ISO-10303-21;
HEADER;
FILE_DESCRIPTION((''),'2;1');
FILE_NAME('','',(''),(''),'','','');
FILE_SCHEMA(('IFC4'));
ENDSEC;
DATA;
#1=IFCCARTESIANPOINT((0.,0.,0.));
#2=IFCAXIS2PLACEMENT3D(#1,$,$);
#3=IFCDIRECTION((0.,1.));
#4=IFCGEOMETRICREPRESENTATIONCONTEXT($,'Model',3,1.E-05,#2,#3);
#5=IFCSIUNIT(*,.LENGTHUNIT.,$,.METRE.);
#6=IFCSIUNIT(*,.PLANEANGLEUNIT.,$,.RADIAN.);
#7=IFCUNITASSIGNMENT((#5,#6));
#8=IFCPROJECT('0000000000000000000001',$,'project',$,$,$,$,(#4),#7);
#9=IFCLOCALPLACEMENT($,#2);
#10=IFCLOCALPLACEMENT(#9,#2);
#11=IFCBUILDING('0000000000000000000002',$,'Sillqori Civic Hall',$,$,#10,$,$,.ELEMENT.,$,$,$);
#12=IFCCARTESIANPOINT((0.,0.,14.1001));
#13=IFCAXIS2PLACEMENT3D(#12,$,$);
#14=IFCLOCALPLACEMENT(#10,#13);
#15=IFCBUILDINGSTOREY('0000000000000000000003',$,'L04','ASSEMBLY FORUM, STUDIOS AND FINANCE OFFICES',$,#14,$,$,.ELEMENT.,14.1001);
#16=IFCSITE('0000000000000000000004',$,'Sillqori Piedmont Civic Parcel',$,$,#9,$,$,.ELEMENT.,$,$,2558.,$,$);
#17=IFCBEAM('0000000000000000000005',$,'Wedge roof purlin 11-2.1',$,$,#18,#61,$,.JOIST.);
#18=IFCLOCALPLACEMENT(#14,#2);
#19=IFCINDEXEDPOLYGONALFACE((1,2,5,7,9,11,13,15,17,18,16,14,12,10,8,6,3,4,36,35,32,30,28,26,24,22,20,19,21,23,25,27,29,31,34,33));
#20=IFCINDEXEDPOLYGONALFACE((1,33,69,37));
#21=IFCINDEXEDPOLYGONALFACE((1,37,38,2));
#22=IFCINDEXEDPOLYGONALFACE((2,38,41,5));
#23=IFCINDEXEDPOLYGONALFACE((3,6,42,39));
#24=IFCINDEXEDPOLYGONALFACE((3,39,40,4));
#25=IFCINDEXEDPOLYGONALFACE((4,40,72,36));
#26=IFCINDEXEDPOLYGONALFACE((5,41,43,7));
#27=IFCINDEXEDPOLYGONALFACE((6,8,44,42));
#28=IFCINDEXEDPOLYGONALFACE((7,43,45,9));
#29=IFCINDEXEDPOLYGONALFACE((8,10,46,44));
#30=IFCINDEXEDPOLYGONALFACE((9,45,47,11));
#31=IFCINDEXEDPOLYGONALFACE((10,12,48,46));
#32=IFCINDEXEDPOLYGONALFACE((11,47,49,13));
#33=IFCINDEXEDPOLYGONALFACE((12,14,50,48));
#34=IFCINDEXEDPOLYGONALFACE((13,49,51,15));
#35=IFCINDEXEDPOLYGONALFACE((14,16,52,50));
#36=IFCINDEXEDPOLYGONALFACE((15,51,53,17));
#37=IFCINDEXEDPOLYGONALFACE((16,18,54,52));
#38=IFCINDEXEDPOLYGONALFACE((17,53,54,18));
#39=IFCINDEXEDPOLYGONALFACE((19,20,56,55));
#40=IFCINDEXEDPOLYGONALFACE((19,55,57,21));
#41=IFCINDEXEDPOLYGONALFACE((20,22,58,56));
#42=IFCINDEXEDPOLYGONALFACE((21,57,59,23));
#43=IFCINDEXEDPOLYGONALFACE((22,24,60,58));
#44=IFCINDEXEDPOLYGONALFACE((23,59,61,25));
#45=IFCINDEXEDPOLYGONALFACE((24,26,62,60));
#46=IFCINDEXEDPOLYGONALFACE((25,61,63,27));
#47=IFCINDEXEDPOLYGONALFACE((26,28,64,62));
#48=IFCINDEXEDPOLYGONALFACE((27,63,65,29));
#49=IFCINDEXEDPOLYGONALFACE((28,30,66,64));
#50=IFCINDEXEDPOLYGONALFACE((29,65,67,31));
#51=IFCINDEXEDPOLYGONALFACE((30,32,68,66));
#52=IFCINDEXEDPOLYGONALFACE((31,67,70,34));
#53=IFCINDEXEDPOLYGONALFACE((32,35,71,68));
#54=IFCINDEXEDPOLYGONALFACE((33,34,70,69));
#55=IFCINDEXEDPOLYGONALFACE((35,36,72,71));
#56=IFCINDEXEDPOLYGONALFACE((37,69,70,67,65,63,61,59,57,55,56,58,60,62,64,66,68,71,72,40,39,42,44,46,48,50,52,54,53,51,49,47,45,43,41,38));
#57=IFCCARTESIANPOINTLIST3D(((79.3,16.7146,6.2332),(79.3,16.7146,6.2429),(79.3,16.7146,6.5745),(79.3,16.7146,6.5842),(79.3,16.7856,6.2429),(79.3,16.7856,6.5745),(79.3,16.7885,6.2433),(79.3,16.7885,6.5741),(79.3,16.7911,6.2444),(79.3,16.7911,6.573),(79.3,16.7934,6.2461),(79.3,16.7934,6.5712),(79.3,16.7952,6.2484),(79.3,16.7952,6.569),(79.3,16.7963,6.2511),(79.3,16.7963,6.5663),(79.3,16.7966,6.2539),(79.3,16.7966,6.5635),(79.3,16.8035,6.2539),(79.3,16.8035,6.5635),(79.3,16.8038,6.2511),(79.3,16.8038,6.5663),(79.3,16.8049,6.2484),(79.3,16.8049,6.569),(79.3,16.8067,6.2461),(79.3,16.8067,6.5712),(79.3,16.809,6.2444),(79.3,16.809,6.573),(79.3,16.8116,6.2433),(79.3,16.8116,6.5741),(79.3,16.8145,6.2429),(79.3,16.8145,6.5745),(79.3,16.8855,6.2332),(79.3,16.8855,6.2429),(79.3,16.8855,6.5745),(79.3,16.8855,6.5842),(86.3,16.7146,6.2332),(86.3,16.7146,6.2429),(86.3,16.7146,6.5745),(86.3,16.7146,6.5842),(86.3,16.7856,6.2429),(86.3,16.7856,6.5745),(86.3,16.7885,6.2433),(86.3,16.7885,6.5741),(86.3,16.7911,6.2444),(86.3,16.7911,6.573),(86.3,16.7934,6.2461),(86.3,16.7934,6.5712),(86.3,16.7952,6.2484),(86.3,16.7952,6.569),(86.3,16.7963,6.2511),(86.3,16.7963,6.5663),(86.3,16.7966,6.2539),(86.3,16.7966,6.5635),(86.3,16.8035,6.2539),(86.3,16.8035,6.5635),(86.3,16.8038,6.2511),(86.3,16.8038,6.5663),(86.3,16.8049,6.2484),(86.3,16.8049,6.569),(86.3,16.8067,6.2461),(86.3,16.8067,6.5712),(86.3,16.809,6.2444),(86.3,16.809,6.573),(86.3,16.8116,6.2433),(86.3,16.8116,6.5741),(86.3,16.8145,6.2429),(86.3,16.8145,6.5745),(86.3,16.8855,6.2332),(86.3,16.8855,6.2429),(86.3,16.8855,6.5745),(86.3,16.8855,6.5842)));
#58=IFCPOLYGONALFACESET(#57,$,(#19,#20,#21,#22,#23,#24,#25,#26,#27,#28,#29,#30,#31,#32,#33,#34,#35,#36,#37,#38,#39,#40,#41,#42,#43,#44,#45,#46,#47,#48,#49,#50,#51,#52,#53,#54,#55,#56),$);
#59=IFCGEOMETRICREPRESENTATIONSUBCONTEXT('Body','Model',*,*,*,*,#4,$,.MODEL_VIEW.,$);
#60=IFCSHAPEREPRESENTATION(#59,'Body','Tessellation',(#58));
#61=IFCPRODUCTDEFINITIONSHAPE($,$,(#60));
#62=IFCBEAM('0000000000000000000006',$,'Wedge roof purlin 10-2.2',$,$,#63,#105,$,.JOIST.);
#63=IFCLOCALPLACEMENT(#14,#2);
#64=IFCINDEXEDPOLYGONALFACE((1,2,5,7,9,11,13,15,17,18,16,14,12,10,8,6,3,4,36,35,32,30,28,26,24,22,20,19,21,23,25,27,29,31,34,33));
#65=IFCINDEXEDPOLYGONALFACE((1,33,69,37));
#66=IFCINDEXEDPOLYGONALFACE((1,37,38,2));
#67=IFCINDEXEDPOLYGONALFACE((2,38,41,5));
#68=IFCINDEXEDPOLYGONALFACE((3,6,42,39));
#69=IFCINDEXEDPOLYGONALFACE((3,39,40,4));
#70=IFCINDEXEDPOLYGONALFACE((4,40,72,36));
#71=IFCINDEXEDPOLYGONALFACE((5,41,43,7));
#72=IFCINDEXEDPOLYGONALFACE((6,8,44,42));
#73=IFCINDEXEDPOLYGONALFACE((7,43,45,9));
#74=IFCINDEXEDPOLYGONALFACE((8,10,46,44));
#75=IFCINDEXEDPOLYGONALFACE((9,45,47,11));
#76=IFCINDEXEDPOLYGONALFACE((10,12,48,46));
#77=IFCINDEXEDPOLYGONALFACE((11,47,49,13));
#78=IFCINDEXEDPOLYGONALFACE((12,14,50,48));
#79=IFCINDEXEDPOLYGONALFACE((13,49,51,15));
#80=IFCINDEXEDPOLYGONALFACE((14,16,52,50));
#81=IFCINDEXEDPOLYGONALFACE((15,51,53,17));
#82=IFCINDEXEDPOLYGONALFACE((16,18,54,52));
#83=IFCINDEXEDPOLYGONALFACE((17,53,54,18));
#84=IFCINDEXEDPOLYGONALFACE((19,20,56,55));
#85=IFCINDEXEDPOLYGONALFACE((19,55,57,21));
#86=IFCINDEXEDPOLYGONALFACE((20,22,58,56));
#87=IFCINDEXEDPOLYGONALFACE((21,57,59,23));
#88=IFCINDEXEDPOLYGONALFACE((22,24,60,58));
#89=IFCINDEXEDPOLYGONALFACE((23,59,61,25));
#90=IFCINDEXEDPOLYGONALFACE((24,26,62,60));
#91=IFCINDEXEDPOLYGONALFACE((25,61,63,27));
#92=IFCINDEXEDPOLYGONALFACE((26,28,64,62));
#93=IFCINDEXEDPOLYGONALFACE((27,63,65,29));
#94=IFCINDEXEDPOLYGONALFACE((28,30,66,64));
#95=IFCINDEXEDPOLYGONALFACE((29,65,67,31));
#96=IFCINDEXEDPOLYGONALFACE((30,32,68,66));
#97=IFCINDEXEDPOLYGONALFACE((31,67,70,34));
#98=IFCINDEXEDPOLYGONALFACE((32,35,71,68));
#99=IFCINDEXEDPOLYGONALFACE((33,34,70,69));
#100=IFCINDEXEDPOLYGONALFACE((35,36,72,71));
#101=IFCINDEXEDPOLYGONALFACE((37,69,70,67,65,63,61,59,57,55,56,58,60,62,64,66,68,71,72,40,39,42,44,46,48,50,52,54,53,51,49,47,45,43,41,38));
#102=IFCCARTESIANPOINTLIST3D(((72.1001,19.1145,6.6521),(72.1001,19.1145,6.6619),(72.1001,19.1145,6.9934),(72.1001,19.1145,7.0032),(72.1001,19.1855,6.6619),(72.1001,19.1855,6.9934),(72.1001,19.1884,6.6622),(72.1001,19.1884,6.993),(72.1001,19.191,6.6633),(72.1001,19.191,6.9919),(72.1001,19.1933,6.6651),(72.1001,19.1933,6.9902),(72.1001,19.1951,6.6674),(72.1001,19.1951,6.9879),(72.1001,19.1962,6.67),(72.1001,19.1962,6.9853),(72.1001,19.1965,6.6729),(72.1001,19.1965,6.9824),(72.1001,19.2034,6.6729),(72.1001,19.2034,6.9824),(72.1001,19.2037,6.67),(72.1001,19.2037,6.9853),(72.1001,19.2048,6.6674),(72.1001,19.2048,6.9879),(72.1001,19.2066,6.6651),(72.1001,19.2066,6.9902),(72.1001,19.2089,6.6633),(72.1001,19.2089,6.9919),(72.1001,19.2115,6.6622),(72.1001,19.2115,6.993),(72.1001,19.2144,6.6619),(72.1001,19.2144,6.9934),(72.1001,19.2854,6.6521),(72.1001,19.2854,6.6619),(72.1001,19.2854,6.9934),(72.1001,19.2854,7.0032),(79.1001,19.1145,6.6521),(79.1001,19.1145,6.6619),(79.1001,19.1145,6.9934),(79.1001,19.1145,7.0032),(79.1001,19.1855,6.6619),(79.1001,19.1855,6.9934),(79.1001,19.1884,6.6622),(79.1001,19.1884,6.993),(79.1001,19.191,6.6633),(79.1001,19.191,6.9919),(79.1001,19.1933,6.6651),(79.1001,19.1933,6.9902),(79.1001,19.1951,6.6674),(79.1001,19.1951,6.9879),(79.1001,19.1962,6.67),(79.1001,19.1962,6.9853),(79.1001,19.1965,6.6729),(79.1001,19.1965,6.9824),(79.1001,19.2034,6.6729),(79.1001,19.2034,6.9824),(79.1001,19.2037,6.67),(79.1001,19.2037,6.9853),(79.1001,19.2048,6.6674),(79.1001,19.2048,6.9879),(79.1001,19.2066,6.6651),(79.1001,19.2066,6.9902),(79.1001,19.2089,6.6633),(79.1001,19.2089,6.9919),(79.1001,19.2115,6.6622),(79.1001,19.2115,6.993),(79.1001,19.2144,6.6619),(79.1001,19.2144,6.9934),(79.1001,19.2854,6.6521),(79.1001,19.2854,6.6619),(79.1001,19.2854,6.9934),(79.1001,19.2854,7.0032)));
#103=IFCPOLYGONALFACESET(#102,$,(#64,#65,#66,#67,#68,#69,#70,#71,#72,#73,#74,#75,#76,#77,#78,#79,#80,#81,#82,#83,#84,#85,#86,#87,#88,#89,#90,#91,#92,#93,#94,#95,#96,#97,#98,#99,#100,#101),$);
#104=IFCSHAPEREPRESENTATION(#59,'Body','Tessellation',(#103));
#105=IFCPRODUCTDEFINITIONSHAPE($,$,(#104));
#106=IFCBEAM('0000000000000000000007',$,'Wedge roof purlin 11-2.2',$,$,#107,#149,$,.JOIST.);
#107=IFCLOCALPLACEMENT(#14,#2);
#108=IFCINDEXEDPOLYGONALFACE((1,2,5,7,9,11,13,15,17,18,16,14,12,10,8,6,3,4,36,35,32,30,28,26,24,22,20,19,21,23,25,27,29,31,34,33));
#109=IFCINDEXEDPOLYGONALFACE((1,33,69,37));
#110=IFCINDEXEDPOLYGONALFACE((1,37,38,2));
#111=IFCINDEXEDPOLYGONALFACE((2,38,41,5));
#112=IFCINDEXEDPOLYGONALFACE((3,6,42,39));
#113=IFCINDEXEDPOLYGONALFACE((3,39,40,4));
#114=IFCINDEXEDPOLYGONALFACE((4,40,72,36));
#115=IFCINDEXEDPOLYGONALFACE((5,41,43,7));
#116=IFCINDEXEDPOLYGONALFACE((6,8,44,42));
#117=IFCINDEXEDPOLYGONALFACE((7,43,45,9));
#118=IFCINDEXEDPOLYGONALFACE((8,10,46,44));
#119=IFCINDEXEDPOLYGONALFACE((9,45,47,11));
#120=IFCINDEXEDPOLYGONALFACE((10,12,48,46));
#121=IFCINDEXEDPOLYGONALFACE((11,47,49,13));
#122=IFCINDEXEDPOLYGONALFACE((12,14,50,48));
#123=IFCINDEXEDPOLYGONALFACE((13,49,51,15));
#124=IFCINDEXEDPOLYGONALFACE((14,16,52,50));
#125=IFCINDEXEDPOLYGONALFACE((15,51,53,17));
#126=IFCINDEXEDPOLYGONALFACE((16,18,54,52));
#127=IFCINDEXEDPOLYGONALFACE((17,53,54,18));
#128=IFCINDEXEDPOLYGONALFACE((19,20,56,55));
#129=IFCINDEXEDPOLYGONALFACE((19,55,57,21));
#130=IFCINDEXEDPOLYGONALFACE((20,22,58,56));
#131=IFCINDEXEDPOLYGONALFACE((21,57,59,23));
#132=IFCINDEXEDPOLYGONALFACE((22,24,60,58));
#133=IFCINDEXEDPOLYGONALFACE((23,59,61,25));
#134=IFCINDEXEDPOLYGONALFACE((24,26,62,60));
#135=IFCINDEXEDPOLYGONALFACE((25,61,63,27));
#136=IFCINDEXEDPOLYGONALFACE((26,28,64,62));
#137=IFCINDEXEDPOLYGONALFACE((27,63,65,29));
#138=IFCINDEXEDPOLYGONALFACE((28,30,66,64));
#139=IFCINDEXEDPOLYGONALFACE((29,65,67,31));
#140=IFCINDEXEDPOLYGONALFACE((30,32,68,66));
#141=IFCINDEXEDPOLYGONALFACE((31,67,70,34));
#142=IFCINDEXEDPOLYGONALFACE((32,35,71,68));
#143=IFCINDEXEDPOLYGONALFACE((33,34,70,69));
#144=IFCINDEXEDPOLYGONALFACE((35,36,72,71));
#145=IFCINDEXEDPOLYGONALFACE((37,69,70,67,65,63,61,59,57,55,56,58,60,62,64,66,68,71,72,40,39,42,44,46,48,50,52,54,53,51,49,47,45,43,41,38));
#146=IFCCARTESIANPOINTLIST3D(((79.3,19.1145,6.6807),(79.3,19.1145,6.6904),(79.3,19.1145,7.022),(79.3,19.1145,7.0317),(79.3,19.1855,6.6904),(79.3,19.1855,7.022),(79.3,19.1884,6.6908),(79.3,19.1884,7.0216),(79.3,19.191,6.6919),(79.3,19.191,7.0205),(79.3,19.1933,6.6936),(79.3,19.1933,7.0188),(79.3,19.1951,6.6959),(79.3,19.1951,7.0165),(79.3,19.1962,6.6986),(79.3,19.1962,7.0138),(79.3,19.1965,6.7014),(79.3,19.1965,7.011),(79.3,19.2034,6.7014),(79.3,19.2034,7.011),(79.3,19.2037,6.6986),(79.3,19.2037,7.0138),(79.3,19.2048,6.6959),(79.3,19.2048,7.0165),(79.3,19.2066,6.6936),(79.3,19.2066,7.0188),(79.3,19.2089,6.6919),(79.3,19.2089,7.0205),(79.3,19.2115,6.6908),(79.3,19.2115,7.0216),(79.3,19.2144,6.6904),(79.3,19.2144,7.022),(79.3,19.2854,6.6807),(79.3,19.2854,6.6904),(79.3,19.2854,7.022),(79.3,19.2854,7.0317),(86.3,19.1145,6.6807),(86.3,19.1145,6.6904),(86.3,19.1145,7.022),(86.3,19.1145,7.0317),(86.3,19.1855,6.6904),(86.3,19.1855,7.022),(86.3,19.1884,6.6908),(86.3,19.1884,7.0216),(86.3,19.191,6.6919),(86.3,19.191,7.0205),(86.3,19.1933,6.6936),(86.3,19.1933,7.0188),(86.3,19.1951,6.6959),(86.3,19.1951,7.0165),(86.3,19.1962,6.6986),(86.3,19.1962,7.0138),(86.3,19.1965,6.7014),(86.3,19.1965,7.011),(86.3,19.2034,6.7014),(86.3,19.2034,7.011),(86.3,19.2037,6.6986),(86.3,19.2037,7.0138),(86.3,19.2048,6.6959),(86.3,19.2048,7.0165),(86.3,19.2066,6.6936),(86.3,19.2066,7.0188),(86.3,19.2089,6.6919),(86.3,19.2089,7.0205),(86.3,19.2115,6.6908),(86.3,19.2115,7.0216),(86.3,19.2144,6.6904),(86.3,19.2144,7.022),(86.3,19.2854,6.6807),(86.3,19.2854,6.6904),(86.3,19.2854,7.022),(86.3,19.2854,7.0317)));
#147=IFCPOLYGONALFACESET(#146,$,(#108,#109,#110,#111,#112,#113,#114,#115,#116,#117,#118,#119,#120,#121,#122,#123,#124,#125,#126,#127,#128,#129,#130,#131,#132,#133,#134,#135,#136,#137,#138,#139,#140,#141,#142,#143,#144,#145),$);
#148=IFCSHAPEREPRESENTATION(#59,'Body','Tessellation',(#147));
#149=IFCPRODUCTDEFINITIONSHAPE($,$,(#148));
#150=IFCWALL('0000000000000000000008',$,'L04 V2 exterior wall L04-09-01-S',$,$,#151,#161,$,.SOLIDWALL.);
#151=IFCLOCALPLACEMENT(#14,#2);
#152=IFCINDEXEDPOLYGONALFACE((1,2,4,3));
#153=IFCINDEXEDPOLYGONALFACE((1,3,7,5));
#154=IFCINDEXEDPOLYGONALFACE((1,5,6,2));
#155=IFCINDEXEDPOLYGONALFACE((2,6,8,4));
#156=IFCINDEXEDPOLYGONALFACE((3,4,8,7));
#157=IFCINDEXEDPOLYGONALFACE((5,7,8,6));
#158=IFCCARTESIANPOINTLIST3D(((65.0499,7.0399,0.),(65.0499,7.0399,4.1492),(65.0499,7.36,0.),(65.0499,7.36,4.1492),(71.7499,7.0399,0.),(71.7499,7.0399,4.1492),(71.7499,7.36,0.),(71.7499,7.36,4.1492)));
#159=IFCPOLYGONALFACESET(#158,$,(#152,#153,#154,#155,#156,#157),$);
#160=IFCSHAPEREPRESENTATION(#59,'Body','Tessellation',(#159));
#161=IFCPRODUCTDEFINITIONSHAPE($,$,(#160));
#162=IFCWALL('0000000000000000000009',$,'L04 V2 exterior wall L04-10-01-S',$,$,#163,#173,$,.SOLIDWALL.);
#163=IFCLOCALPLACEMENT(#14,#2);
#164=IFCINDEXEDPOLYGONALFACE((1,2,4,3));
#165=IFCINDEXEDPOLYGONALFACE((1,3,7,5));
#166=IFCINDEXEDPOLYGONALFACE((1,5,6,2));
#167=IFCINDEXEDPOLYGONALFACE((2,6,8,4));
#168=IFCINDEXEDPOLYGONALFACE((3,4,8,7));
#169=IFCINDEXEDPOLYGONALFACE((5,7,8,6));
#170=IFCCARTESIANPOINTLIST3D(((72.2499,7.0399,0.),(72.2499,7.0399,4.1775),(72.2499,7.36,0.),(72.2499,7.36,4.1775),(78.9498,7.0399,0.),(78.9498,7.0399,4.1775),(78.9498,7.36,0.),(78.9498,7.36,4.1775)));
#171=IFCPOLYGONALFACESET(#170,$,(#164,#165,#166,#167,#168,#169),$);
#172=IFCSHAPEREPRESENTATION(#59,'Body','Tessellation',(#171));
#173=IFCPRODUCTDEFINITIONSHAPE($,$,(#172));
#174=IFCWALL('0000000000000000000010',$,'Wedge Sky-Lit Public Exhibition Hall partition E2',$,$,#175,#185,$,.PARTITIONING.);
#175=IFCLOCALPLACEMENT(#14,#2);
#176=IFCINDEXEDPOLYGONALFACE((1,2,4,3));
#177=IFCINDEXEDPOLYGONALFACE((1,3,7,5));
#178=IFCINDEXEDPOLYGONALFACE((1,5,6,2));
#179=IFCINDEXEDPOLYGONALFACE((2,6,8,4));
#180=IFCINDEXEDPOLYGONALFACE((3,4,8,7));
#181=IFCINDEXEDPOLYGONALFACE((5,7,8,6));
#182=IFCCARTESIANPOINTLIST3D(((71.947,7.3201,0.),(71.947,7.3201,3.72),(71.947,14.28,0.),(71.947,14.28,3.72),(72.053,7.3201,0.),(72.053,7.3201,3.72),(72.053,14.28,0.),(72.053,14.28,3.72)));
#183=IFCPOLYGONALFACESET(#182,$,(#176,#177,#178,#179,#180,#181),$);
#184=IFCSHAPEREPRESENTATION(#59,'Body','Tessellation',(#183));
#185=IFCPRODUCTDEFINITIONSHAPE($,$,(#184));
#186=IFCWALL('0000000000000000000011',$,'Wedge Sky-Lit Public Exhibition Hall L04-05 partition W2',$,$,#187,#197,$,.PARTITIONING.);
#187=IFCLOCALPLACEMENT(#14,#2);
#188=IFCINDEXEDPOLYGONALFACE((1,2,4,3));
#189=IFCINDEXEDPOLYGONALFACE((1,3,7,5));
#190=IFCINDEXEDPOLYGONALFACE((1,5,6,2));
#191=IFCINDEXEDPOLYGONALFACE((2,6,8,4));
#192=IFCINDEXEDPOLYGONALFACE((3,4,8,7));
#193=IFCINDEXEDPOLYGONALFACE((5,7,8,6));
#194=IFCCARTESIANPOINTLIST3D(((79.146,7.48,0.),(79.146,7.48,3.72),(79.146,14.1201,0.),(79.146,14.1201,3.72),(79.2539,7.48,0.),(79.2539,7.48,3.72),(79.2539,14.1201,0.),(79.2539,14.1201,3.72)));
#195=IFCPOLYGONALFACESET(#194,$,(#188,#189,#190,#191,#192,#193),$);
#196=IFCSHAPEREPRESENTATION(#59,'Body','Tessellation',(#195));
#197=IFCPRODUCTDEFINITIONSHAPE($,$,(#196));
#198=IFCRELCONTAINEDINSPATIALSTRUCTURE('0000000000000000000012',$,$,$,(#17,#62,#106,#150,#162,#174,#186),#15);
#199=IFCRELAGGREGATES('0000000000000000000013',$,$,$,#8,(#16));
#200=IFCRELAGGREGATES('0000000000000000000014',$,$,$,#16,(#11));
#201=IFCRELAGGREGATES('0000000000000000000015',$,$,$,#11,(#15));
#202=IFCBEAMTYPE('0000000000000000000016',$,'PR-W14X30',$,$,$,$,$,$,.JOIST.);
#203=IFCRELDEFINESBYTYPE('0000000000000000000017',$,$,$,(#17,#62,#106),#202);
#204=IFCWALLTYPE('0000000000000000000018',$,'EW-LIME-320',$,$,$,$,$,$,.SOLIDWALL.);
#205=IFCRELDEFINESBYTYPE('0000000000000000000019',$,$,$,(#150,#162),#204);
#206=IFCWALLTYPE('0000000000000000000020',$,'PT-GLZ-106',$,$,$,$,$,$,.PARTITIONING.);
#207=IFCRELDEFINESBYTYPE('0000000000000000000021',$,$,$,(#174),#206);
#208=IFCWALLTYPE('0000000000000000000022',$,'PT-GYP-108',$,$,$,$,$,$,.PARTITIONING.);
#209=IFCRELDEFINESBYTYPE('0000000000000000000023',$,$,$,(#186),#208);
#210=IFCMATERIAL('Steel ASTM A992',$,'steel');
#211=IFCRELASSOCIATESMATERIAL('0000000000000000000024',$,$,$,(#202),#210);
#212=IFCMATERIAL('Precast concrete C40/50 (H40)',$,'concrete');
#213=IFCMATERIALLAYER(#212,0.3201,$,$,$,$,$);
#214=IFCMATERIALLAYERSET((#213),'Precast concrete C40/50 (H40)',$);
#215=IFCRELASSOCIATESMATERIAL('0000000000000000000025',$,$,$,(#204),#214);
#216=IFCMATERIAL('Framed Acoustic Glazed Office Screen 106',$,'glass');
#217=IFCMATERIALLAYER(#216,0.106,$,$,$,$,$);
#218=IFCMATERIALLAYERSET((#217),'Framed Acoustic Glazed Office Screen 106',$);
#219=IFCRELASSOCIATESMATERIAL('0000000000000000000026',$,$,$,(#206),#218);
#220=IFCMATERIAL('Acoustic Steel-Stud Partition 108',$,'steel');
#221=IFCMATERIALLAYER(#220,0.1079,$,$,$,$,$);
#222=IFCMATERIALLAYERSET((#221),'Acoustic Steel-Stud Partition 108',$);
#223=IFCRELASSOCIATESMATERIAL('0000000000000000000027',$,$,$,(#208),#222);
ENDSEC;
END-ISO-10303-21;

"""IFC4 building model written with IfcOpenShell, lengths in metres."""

from ifc_helpers import new_model, si_unit, direction, frame, frame_2d, origin, origin_2d, place, context, subcontext, project, spatial, rectangle, i_section, extrude, material, layer, layer_set, material_profile, profile_set, type_object, element, save


model = new_model("IFC4")

# Units and contexts
model_context = context("Model", 3, precision=1e-05, world=origin(), true_north=direction((0.0, 1.0)))
body_context = subcontext(model_context, "Body", "Model", "MODEL_VIEW")
ifc_project = project(units=[si_unit("LENGTHUNIT", "METRE"), si_unit("PLANEANGLEUNIT", "RADIAN")], contexts=[model_context])

# Site, building, storey
site_placement = place(None, origin())
site = spatial("IfcSite", under=ifc_project, at=site_placement, Name="Sillqori Piedmont Civic Parcel", CompositionType="ELEMENT", RefElevation=2558.0)
building_placement = place(site_placement, origin())
building = spatial("IfcBuilding", under=site, at=building_placement, Name="Sillqori Civic Hall", CompositionType="ELEMENT")
storey_placement = place(building_placement, frame((0.0, 0.0, 14.1001)))
storey = spatial("IfcBuildingStorey", under=building, at=storey_placement, Name="L04", Description="ASSEMBLY FORUM, STUDIOS AND FINANCE OFFICES", CompositionType="ELEMENT", Elevation=14.1001)

# Shared definitions
ifc_material_1 = material(Name="Steel ASTM A992", Category="steel")

# Beams
ifc_material_profile_1 = material_profile(ifc_material_1, i_section(OverallWidth=0.1709, OverallDepth=0.3511, WebThickness=0.0068, FlangeThickness=0.0098, FilletRadius=0.011, at=origin_2d()), Name="W14X30")
ifc_profile_set_1 = profile_set([ifc_material_profile_1], Name="Steel ASTM A992")
beam_type_1 = type_object("IfcBeamType", Name="PR-W14X30", PredefinedType="JOIST", material=ifc_profile_set_1)
for number, where, z_axis, x_axis, name in (
    (1, (79.3, 16.8, 6.4087), (1.0, 0.0, 0.0), (0.0, 1.0, 0.0), "Wedge roof purlin 11-2.1"),
    (2, (72.1001, 19.2, 6.8276), (1.0, 0.0, 0.0), (0.0, 1.0, 0.0), "Wedge roof purlin 10-2.2"),
    (3, (79.3, 19.2, 6.8562), (1.0, 0.0, 0.0), (0.0, 1.0, 0.0), "Wedge roof purlin 11-2.2"),
):
    element("IfcBeam", number, at=place(storey_placement, frame(where, z_axis=z_axis, x_axis=x_axis)), inside=storey, type_object=beam_type_1, Name=name, PredefinedType="JOIST", context=body_context, shape_type="SweptSolid", body=[
        extrude(i_section(OverallWidth=0.1709, OverallDepth=0.3511, WebThickness=0.0068, FlangeThickness=0.0098, FilletRadius=0.011, at=origin_2d()), origin(), (0.0, 0.0, 1.0), 7.0),
    ])

# Walls
ifc_material_2 = material(Name="Precast concrete C40/50 (H40)", Category="concrete")
ifc_layer_1 = layer(ifc_material_2, 0.3201)
ifc_layer_set_1 = layer_set([ifc_layer_1], Name="Precast concrete C40/50 (H40)")
wall_type_1 = type_object("IfcWallType", Name="EW-LIME-320", PredefinedType="SOLIDWALL", material=ifc_layer_set_1)
wall_1_placement = place(storey_placement, frame((71.75, 7.2, 0.0), z_axis=(0.0, 0.0, 1.0), x_axis=(-1.0, 0.0, 0.0)))
element("IfcWall", 4, at=wall_1_placement, inside=storey, type_object=wall_type_1, Name="L04 V2 exterior wall L04-09-01-S", PredefinedType="SOLIDWALL", context=body_context, shape_type="SweptSolid", body=[
    extrude(rectangle(XDim=6.7, YDim=0.3201, at=frame_2d((3.3501, 0.0))), origin(), (0.0, 0.0, 1.0), 4.1492),
])
wall_2_placement = place(storey_placement, frame((78.95, 7.2, 0.0), z_axis=(0.0, 0.0, 1.0), x_axis=(-1.0, 0.0, 0.0)))
element("IfcWall", 5, at=wall_2_placement, inside=storey, type_object=wall_type_1, Name="L04 V2 exterior wall L04-10-01-S", PredefinedType="SOLIDWALL", context=body_context, shape_type="SweptSolid", body=[
    extrude(rectangle(XDim=6.7, YDim=0.3201, at=frame_2d((3.3501, 0.0))), origin(), (0.0, 0.0, 1.0), 4.1775),
])
ifc_material_3 = material(Name="Framed Acoustic Glazed Office Screen 106", Category="glass")
ifc_layer_2 = layer(ifc_material_3, 0.106)
ifc_layer_set_2 = layer_set([ifc_layer_2], Name="Framed Acoustic Glazed Office Screen 106")
wall_type_2 = type_object("IfcWallType", Name="PT-GLZ-106", PredefinedType="PARTITIONING", material=ifc_layer_set_2)
wall_3_placement = place(storey_placement, frame((72.0, 14.28, 0.0), z_axis=(0.0, 0.0, 1.0), x_axis=(0.0, -1.0, 0.0)))
element("IfcWall", 6, at=wall_3_placement, inside=storey, type_object=wall_type_2, Name="Wedge Sky-Lit Public Exhibition Hall partition E2", PredefinedType="PARTITIONING", context=body_context, shape_type="SweptSolid", body=[
    extrude(rectangle(XDim=6.96, YDim=0.106, at=frame_2d((3.48, 0.0))), origin(), (0.0, 0.0, 1.0), 3.72),
])
ifc_material_4 = material(Name="Acoustic Steel-Stud Partition 108", Category="steel")
ifc_layer_3 = layer(ifc_material_4, 0.1079)
ifc_layer_set_3 = layer_set([ifc_layer_3], Name="Acoustic Steel-Stud Partition 108")
wall_type_3 = type_object("IfcWallType", Name="PT-GYP-108", PredefinedType="PARTITIONING", material=ifc_layer_set_3)
wall_4_placement = place(storey_placement, frame((79.2, 7.48, 0.0), z_axis=(0.0, 0.0, 1.0), x_axis=(0.0, 1.0, 0.0)))
element("IfcWall", 7, at=wall_4_placement, inside=storey, type_object=wall_type_3, Name="Wedge Sky-Lit Public Exhibition Hall L04-05 partition W2", PredefinedType="PARTITIONING", context=body_context, shape_type="SweptSolid", body=[
    extrude(rectangle(XDim=6.6401, YDim=0.1079, at=frame_2d((3.3201, 0.0))), origin(), (0.0, 0.0, 1.0), 3.72),
])

save(model, "model.ifc")
